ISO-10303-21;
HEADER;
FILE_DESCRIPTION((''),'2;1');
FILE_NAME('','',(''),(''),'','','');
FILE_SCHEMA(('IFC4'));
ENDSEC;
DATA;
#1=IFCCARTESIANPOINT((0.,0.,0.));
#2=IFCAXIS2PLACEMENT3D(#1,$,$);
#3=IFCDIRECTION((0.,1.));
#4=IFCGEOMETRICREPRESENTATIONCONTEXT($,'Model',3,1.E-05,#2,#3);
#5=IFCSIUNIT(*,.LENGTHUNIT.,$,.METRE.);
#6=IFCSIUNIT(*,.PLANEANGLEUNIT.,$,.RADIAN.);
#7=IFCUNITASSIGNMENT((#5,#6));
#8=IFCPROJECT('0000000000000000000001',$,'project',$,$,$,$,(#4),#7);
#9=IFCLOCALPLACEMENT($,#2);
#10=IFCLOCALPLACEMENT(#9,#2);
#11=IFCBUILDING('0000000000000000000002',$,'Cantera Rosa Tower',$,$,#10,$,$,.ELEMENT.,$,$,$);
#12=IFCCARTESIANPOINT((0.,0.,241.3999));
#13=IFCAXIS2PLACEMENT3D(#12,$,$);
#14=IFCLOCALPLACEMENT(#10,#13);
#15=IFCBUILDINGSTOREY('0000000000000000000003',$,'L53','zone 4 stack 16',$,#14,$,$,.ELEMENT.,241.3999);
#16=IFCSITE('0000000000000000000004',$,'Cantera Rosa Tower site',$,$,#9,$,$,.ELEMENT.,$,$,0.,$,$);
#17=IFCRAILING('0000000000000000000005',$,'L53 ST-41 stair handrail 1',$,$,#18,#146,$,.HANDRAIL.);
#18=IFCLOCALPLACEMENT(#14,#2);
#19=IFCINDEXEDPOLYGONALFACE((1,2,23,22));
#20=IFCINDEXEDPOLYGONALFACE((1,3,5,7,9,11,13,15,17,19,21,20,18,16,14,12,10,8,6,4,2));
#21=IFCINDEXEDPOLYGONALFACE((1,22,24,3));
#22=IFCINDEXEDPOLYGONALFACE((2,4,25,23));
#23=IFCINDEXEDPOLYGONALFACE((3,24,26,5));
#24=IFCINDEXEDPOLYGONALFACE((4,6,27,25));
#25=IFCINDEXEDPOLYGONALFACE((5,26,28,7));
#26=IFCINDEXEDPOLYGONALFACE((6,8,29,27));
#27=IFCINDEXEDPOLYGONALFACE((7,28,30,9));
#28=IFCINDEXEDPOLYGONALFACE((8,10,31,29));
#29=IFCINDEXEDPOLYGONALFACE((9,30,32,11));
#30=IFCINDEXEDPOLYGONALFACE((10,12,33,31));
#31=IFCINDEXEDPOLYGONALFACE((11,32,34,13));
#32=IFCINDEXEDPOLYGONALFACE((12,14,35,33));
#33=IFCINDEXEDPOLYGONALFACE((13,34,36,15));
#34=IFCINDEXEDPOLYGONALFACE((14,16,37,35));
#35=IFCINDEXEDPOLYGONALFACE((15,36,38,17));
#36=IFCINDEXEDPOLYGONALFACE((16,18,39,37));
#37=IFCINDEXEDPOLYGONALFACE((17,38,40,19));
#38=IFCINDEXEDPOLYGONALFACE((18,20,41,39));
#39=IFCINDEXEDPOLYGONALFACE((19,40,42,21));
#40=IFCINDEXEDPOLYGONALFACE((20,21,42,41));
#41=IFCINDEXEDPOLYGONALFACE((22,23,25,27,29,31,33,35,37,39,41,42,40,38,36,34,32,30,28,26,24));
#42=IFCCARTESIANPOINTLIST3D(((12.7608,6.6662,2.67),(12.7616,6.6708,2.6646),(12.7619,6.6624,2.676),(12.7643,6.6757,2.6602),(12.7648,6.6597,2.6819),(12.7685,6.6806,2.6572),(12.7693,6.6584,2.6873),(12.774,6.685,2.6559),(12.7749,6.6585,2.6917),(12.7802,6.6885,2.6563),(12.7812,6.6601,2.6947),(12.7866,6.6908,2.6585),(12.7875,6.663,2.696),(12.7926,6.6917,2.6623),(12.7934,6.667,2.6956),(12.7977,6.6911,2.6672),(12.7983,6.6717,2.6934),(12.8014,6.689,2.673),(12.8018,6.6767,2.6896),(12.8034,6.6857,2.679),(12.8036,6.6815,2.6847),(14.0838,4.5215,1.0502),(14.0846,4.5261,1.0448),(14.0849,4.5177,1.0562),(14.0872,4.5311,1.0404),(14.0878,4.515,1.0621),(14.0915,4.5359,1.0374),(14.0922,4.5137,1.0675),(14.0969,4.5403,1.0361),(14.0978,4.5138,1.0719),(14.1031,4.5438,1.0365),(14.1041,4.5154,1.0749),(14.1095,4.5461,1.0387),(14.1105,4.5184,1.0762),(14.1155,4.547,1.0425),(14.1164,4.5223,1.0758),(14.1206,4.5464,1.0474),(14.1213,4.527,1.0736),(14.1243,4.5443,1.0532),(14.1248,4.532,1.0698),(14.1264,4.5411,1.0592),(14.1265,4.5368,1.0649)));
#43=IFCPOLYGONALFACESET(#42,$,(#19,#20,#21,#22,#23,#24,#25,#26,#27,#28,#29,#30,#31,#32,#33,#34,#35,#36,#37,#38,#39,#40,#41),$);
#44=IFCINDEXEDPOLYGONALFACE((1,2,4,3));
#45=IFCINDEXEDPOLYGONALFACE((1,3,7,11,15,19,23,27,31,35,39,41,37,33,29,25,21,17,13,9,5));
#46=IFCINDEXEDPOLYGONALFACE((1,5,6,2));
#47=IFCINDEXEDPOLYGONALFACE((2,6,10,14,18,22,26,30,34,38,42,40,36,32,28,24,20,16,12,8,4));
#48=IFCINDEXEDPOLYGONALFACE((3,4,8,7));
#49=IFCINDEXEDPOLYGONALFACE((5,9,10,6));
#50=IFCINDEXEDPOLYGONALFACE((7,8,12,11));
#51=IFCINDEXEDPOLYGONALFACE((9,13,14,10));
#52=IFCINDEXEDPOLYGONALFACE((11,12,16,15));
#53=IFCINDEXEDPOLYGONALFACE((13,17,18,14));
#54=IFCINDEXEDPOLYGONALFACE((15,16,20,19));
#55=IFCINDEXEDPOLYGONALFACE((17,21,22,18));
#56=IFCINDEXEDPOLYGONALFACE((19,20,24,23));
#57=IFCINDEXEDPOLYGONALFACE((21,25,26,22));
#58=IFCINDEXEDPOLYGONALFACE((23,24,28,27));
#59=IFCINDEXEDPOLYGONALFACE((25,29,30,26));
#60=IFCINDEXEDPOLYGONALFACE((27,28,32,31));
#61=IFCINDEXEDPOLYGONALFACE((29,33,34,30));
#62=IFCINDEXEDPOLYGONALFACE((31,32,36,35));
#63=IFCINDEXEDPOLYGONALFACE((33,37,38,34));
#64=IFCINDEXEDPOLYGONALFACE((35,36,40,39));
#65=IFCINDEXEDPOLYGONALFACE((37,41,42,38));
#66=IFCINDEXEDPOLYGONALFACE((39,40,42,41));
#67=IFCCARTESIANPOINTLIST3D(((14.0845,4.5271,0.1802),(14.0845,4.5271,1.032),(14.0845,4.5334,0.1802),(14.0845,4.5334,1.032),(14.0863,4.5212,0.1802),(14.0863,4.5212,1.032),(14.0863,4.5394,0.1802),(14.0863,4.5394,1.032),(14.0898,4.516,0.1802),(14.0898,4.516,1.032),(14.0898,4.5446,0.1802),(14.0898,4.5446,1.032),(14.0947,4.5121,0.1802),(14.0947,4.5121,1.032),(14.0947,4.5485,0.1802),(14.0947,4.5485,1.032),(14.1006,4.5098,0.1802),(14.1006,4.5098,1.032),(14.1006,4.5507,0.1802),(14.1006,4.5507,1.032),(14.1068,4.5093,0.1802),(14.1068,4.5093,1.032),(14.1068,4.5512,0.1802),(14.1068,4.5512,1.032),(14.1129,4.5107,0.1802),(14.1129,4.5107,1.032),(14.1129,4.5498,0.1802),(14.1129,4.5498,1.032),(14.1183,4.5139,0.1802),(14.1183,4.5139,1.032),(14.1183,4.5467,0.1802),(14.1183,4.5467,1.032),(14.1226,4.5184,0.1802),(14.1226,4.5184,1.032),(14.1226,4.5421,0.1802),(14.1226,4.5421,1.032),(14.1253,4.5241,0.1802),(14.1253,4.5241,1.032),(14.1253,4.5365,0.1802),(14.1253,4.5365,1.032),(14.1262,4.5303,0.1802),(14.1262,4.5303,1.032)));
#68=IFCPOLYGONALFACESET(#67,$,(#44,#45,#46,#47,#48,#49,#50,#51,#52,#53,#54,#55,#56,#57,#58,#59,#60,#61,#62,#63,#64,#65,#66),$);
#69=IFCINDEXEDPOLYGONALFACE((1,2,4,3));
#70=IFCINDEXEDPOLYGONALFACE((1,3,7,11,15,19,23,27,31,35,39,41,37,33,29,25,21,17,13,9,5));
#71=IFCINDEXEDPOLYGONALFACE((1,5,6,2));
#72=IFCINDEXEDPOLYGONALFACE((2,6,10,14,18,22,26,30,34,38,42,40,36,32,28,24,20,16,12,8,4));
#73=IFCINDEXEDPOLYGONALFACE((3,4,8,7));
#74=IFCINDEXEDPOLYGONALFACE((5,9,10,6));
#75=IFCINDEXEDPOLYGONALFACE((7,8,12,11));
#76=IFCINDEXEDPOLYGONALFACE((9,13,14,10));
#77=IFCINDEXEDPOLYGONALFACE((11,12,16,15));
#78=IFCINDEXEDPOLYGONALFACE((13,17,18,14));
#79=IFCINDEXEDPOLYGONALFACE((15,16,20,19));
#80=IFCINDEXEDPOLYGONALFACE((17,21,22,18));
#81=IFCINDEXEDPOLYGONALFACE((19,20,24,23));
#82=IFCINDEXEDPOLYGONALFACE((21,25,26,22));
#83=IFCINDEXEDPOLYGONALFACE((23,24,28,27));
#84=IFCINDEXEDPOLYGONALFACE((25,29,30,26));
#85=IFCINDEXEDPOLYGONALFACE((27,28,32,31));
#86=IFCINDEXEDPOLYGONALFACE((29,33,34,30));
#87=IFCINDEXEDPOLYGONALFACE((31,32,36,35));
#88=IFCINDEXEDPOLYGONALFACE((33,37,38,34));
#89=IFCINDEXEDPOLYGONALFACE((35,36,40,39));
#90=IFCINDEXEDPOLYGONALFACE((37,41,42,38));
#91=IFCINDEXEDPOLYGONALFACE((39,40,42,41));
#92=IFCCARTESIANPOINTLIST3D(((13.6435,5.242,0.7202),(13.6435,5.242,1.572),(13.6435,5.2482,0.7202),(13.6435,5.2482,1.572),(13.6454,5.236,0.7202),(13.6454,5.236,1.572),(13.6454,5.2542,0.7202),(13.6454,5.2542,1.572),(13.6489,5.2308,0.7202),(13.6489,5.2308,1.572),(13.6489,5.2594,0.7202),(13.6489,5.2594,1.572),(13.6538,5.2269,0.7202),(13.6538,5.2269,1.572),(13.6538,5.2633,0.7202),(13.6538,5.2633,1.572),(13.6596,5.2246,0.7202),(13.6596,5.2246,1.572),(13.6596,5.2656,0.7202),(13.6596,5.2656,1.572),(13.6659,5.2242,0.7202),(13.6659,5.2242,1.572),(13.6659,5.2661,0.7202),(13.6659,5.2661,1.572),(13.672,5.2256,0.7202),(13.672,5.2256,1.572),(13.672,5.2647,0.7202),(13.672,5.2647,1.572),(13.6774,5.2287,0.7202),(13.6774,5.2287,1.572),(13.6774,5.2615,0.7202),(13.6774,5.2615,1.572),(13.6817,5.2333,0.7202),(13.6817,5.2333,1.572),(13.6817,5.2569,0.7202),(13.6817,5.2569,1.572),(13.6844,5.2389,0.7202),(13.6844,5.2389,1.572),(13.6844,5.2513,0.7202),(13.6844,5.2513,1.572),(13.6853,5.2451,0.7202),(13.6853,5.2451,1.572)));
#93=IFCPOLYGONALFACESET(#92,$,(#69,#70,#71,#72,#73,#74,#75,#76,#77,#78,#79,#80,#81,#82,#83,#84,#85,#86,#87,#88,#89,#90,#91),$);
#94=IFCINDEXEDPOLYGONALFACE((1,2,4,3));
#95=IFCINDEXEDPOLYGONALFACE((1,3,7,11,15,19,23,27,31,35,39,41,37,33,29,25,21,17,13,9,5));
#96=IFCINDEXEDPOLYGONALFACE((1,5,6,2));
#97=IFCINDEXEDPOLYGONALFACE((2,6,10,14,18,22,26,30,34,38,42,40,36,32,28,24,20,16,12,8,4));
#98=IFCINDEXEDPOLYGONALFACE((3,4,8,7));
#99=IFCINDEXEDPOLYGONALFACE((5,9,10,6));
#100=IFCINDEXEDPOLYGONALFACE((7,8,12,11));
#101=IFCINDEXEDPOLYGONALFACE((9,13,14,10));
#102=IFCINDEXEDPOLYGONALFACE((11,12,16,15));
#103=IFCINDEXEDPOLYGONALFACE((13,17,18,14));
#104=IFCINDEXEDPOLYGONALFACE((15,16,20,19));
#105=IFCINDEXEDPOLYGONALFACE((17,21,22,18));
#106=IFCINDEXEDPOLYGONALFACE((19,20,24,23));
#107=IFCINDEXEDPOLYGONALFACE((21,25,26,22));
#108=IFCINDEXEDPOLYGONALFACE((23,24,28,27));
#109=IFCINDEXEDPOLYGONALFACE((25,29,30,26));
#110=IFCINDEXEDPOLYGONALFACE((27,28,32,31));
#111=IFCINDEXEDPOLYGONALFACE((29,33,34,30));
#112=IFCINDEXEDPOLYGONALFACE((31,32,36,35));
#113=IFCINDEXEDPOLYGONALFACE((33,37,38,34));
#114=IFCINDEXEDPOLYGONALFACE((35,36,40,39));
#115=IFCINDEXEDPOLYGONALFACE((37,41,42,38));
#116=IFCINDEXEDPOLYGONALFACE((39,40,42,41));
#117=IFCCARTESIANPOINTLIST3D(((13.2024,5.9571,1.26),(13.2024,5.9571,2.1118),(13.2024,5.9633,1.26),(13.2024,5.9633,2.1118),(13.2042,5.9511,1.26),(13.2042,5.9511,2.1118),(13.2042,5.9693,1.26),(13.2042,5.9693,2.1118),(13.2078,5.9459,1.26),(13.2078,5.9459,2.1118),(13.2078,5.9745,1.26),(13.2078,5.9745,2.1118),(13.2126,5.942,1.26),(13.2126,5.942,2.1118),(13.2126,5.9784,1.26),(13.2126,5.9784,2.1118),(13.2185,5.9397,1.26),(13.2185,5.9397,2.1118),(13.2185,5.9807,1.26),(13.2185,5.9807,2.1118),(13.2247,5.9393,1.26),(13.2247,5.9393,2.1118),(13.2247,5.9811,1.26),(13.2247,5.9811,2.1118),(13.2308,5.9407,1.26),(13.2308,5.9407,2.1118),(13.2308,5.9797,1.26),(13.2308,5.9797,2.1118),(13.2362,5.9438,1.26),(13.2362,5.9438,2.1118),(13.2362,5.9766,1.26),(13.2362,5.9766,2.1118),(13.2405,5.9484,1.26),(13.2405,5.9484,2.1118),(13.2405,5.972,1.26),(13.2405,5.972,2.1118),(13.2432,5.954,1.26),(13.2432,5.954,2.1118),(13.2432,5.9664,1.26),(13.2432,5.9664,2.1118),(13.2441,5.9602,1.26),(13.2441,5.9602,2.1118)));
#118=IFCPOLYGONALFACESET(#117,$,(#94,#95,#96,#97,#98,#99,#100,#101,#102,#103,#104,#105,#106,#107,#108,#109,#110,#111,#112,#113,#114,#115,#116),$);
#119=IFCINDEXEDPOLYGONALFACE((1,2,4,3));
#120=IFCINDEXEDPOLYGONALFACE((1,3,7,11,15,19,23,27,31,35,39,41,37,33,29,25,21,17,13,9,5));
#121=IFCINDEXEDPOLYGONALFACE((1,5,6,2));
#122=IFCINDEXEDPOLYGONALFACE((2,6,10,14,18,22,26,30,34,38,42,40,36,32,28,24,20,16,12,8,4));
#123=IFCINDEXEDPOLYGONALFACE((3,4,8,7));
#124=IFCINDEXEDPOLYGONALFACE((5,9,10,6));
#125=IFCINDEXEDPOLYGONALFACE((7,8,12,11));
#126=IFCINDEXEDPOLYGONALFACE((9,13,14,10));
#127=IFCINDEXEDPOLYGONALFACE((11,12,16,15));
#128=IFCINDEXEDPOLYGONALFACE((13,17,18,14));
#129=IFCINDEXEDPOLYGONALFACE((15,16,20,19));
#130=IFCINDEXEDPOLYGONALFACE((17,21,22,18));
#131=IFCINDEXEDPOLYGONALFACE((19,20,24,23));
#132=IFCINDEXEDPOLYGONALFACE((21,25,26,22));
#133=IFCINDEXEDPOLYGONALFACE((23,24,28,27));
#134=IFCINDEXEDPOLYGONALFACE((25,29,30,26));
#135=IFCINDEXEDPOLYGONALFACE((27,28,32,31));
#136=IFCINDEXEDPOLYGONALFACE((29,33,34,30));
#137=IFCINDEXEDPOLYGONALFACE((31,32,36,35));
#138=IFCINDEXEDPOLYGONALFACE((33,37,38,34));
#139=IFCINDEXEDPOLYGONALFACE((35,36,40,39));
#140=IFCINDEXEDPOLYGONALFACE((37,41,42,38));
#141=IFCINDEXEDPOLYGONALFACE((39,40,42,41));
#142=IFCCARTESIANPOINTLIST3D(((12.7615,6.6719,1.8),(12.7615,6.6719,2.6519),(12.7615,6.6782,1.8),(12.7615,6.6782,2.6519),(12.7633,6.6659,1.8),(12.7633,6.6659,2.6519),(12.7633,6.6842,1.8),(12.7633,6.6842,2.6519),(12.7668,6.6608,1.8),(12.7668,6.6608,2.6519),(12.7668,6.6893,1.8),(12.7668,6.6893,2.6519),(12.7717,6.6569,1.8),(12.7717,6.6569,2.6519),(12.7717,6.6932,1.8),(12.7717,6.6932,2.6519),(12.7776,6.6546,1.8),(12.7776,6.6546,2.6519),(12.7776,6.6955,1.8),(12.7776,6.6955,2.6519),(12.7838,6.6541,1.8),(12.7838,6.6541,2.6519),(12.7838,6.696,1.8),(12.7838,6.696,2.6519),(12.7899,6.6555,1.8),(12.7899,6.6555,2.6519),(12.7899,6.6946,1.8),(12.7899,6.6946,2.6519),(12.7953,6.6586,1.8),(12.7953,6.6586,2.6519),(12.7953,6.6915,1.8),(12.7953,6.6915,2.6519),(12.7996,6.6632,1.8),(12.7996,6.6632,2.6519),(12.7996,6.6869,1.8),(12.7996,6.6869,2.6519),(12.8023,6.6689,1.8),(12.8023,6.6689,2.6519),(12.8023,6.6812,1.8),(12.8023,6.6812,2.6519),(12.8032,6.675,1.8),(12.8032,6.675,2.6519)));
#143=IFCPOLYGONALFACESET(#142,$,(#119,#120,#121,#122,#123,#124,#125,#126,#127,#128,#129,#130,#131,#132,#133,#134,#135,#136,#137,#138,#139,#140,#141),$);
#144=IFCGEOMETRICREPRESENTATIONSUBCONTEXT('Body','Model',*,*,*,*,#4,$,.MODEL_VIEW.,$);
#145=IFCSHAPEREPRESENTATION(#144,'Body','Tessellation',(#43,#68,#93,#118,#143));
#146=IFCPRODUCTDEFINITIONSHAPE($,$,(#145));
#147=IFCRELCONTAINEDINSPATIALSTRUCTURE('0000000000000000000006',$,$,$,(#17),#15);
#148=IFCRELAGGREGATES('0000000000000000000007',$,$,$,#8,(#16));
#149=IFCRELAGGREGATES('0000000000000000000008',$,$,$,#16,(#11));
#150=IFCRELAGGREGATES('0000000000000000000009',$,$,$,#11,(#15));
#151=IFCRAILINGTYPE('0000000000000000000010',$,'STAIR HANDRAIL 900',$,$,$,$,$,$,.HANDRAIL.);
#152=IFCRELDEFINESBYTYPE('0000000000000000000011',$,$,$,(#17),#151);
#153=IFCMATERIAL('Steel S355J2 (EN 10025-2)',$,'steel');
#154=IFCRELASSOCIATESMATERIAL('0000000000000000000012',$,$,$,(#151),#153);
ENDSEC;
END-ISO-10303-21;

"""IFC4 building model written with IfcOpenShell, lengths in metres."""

from ifc_helpers import new_model, si_unit, direction, frame, origin, origin_2d, place, context, subcontext, project, spatial, circle, extrude, material, type_object, element, save


model = new_model("IFC4")

# Units and contexts
model_context = context("Model", 3, precision=1e-05, world=origin(), true_north=direction((0.0, 1.0)))
body_context = subcontext(model_context, "Body", "Model", "MODEL_VIEW")
ifc_project = project(units=[si_unit("LENGTHUNIT", "METRE"), si_unit("PLANEANGLEUNIT", "RADIAN")], contexts=[model_context])

# Site, building, storey
site_placement = place(None, origin())
site = spatial("IfcSite", under=ifc_project, at=site_placement, Name="Cantera Rosa Tower site", CompositionType="ELEMENT", RefElevation=0.0)
building_placement = place(site_placement, origin())
building = spatial("IfcBuilding", under=site, at=building_placement, Name="Cantera Rosa Tower", CompositionType="ELEMENT")
storey_placement = place(building_placement, frame((0.0, 0.0, 241.3999)))
storey = spatial("IfcBuildingStorey", under=building, at=storey_placement, Name="L53", Description="zone 4 stack 16", CompositionType="ELEMENT", Elevation=241.3999)

# Railing
ifc_material_1 = material(Name="Steel S355J2 (EN 10025-2)", Category="steel")
railing_type_1 = type_object("IfcRailingType", Name="STAIR HANDRAIL 900", PredefinedType="HANDRAIL", material=ifc_material_1)
railing_1_placement = place(storey_placement, frame((14.1052, 4.5303, 0.1802)))
element("IfcRailing", 1, at=railing_1_placement, inside=storey, type_object=railing_type_1, Name="L53 ST-41 stair handrail 1", PredefinedType="HANDRAIL", context=body_context, shape_type="SweptSolid", body=[
    extrude(circle(Radius=0.0239, at=origin_2d()), frame((0.0, 0.0, 0.876), z_axis=(-0.441629, 0.715945, 0.540728), x_axis=(-0.851102, -0.525, 0.0)), (0.0, 0.0, 1.0), 2.9956),
    extrude(circle(Radius=0.021, at=origin_2d()), origin(), (0.0, 0.0, 1.0), 0.8518),
    extrude(circle(Radius=0.021, at=origin_2d()), frame((-0.4409, 0.7148, 0.54)), (0.0, 0.0, 1.0), 0.8518),
    extrude(circle(Radius=0.021, at=origin_2d()), frame((-0.8821, 1.4299, 1.0798)), (0.0, 0.0, 1.0), 0.8518),
    extrude(circle(Radius=0.021, at=origin_2d()), frame((-1.323, 2.1448, 1.6199)), (0.0, 0.0, 1.0), 0.8518),
])

save(model, "model.ifc")
